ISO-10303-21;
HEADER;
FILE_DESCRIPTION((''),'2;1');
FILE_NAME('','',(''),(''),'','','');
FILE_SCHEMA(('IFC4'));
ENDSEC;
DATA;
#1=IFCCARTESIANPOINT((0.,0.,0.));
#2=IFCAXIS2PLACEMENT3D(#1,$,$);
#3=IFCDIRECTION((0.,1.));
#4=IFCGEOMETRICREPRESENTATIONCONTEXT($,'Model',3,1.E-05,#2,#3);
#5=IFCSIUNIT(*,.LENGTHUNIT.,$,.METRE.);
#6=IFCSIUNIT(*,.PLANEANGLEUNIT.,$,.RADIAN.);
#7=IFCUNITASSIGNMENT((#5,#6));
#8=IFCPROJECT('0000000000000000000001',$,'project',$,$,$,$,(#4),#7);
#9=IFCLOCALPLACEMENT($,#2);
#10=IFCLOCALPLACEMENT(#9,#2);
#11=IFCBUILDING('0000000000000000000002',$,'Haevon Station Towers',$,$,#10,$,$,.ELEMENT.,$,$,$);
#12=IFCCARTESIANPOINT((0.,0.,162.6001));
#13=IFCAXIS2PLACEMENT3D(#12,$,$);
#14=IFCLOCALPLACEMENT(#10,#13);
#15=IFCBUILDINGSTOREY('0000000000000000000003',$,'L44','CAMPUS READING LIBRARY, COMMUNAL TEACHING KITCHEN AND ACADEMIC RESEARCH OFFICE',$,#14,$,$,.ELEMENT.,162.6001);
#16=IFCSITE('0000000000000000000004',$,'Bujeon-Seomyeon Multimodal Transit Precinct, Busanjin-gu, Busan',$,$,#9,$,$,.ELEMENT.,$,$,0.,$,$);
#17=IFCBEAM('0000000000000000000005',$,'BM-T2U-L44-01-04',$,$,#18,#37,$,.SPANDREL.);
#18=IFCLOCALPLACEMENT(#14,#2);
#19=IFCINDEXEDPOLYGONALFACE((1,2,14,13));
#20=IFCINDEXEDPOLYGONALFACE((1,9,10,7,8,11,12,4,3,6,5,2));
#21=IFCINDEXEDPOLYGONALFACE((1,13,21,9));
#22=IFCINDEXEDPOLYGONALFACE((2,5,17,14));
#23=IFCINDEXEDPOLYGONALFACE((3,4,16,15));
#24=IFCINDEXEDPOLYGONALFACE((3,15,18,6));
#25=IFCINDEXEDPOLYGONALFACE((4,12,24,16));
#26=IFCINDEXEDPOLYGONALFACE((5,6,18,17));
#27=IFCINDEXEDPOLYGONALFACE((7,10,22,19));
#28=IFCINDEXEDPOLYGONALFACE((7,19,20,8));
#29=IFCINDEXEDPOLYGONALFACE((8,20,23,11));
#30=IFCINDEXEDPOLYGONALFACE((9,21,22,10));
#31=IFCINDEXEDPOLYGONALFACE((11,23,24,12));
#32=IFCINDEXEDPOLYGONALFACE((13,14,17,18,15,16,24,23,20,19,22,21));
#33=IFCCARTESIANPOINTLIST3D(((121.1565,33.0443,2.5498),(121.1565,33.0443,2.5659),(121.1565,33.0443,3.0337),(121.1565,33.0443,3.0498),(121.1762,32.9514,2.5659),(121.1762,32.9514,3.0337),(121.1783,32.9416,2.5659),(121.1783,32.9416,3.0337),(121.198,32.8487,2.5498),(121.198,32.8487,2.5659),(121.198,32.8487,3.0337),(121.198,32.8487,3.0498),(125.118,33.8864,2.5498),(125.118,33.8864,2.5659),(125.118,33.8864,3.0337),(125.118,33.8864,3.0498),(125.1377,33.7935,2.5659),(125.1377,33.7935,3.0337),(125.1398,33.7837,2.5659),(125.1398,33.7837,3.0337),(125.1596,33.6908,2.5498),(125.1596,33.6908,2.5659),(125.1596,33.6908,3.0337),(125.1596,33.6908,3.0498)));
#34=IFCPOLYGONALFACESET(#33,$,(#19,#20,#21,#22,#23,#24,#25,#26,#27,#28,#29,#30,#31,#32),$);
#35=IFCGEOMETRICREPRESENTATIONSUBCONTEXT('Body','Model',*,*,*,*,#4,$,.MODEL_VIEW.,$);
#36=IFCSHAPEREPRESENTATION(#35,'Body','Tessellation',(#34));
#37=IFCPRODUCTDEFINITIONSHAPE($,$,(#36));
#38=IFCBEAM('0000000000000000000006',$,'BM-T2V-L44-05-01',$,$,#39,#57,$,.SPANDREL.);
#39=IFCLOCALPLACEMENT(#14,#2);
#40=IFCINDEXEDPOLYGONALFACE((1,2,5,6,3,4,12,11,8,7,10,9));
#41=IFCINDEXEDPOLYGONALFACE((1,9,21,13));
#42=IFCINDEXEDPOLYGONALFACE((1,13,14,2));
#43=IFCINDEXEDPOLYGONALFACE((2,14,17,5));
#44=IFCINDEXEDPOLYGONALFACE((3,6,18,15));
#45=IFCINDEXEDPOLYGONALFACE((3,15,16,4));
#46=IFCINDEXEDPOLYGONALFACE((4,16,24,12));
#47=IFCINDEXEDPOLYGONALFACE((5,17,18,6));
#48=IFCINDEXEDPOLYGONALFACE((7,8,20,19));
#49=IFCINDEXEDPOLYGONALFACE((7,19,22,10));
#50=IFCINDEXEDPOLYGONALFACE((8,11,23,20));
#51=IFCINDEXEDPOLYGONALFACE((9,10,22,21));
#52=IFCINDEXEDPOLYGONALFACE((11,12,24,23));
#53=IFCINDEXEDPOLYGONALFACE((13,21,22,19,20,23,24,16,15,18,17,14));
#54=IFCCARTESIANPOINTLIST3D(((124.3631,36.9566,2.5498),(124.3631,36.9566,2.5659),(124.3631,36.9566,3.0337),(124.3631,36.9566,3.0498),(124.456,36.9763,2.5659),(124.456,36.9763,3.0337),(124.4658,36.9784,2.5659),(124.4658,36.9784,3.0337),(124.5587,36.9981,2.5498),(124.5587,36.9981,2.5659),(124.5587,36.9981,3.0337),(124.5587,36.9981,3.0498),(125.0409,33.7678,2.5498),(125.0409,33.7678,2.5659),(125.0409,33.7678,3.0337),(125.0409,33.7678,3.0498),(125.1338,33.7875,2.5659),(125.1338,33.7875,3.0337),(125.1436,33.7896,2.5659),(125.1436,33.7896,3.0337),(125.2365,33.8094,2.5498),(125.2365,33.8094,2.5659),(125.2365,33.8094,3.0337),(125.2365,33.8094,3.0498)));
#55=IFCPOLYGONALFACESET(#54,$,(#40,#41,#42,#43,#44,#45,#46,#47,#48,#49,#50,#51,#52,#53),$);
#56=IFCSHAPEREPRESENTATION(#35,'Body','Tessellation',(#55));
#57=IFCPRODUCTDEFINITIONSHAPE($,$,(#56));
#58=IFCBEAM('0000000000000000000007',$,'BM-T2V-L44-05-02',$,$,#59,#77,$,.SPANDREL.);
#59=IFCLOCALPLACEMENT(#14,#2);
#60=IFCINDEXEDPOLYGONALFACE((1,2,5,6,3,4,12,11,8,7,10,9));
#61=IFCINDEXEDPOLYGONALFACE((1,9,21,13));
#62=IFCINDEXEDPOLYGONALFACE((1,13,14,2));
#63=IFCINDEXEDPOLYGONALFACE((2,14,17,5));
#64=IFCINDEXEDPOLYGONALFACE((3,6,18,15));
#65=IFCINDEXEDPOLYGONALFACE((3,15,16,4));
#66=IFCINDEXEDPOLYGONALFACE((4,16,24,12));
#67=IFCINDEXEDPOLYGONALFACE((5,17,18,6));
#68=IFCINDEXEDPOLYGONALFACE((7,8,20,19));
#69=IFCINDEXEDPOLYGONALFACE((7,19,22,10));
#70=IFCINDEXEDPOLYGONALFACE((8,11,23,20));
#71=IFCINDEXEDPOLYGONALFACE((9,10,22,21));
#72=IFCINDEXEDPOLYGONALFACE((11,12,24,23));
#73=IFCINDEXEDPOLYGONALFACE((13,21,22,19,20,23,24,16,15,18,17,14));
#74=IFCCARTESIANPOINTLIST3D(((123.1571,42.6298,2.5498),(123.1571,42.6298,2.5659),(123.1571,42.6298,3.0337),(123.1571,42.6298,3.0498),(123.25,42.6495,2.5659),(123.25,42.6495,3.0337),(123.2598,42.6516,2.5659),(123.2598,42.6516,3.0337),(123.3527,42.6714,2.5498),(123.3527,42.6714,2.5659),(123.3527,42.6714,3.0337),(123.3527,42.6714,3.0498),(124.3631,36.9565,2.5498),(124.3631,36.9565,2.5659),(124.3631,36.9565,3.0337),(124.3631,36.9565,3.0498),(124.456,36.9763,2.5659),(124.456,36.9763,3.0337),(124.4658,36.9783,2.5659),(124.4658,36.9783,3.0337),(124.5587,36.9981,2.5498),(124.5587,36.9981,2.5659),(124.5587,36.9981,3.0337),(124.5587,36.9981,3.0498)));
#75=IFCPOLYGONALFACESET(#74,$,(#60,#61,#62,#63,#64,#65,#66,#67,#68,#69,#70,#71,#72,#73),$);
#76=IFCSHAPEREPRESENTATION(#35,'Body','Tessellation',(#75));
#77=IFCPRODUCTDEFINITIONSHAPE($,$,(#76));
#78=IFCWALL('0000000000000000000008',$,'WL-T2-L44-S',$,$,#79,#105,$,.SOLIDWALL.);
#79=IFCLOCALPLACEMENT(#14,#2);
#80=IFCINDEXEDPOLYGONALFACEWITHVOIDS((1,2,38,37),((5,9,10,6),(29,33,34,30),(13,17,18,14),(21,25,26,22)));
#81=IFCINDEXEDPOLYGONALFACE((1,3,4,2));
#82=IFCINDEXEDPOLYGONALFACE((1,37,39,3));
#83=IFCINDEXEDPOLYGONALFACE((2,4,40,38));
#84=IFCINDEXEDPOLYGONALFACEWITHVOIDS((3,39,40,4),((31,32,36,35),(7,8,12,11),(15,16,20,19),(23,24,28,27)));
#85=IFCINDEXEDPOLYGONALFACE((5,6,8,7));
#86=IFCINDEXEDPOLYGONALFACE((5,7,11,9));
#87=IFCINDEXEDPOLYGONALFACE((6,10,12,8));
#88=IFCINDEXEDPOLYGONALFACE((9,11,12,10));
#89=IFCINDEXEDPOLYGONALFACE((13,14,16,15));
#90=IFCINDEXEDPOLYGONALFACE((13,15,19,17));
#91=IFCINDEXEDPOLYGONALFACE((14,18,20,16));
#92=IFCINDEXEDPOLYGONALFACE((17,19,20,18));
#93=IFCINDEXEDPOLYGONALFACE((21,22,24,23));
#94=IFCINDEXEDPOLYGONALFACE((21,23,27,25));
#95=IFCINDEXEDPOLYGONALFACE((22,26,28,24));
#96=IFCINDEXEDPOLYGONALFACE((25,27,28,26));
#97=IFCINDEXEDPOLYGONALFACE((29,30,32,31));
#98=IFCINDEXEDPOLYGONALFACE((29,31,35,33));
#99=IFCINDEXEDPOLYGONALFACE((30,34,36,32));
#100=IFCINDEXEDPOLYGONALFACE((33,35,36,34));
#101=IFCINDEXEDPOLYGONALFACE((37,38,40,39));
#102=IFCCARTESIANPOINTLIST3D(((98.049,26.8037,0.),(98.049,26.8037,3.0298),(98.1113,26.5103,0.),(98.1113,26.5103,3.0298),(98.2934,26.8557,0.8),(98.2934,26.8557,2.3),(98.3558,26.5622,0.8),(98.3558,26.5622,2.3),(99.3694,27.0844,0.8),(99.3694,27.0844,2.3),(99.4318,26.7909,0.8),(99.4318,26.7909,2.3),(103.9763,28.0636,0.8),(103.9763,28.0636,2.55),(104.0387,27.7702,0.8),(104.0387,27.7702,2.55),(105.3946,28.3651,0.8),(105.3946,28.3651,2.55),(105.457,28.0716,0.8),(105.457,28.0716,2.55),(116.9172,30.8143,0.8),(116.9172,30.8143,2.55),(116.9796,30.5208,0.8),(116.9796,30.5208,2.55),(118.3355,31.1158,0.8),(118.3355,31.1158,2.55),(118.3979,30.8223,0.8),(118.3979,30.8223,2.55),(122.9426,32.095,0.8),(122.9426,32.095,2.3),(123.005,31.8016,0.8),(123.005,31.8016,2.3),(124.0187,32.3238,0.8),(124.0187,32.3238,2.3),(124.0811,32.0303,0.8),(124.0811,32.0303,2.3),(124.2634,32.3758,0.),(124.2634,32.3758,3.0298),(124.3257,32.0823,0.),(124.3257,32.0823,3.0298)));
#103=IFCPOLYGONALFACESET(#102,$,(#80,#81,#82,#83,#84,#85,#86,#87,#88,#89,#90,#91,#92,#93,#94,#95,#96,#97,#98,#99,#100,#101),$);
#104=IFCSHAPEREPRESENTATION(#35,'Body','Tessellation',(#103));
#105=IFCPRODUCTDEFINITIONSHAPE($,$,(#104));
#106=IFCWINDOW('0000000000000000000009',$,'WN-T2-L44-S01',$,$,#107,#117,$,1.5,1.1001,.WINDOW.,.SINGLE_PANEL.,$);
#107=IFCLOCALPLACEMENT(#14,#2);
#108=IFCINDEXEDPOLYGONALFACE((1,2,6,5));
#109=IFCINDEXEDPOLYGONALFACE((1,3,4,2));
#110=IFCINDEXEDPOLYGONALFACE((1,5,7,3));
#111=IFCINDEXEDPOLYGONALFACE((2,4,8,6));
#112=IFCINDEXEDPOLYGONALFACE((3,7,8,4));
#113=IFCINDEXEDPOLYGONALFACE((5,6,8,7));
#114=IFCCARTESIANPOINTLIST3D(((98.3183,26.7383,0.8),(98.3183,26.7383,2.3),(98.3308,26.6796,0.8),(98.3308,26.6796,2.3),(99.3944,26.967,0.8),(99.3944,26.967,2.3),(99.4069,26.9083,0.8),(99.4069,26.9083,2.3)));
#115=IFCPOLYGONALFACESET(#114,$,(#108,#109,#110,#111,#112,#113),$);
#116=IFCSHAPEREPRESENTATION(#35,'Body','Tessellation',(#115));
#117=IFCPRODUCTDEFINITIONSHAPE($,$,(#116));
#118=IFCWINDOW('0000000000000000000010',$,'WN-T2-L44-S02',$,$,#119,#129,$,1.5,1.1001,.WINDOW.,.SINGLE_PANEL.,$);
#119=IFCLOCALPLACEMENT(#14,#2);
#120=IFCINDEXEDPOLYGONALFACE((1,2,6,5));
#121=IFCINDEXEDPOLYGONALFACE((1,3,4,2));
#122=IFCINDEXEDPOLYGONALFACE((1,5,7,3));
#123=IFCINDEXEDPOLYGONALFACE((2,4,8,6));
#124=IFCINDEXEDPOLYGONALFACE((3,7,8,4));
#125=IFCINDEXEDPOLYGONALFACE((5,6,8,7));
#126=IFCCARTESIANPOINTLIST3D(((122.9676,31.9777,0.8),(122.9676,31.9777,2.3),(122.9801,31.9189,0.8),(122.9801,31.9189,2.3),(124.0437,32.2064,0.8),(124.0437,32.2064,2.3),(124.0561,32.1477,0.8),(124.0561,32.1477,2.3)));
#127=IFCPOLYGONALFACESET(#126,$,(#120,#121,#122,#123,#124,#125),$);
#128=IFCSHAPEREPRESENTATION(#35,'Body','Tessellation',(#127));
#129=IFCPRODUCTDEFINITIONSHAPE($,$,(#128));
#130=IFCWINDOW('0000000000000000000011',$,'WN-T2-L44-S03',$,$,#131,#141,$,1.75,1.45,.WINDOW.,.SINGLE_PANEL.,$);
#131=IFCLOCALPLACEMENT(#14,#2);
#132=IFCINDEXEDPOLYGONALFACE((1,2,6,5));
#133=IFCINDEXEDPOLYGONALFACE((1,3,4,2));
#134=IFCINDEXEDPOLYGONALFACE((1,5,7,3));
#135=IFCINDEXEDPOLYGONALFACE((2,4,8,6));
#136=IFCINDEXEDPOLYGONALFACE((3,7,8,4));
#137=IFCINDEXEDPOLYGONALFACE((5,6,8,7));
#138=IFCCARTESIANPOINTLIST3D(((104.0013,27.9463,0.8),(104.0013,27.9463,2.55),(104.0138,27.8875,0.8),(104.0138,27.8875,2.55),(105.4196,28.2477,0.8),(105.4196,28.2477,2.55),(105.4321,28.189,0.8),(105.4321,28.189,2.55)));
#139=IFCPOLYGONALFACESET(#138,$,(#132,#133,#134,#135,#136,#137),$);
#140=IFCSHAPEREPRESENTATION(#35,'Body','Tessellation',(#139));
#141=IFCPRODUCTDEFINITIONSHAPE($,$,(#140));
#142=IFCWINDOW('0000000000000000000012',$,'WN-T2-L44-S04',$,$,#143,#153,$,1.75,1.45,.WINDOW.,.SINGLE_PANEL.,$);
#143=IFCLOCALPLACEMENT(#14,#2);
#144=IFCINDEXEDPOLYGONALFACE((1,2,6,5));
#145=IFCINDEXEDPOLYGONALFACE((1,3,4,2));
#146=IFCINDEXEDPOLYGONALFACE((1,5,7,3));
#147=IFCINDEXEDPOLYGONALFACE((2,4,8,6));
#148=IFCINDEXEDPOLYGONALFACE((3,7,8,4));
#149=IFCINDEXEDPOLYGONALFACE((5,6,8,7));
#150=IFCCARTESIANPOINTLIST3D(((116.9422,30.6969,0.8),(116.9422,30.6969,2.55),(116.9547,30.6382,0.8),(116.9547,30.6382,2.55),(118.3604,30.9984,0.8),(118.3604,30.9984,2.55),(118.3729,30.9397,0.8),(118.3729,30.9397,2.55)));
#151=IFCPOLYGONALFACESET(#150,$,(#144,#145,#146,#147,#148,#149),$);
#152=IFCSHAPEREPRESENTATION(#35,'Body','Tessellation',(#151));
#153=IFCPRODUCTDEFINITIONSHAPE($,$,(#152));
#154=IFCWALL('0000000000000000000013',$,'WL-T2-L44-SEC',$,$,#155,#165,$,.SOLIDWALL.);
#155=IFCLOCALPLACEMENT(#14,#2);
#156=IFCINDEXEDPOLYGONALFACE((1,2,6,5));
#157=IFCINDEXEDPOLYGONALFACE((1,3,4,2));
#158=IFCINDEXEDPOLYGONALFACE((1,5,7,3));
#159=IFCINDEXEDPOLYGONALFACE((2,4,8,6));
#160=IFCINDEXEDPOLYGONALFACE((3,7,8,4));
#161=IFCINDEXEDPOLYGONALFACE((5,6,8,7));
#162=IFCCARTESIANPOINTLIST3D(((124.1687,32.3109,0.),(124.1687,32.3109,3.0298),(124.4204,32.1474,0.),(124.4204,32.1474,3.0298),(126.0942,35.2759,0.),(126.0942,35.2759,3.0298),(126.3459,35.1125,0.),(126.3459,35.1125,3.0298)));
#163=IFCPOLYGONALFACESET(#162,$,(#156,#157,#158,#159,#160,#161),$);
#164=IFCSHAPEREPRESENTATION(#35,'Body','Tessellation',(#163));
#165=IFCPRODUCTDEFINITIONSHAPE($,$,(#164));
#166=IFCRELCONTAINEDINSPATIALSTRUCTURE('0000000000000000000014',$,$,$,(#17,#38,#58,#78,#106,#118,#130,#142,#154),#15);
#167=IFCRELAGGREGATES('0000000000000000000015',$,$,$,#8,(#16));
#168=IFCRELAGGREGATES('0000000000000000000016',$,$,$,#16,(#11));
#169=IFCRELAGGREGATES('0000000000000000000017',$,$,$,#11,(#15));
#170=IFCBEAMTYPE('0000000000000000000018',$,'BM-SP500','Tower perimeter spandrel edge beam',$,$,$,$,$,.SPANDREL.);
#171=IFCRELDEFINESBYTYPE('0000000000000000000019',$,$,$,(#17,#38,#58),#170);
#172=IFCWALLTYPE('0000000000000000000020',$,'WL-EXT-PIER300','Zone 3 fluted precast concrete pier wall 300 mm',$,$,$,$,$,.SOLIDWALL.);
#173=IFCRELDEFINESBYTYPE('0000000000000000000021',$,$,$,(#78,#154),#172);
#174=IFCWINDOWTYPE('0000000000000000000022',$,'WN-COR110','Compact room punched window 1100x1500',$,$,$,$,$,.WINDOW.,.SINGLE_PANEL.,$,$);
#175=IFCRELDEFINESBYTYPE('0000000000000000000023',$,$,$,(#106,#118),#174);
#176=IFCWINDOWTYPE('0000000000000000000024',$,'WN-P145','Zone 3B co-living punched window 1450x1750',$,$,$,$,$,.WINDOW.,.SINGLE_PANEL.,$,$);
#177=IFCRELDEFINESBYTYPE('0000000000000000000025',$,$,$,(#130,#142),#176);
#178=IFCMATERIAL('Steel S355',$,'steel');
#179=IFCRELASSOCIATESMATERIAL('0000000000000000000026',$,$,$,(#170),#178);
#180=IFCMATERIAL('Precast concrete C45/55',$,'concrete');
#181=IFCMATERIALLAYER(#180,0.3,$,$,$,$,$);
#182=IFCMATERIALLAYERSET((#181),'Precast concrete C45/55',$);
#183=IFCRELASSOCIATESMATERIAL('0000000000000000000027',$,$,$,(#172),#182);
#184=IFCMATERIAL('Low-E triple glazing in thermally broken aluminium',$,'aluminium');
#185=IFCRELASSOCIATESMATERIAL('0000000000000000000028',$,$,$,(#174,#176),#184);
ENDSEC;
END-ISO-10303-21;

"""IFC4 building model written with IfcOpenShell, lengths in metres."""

from ifc_helpers import new_model, si_unit, direction, frame, frame_2d, origin, origin_2d, place, context, subcontext, project, spatial, rectangle, i_section, extrude, material, layer, layer_set, material_profile, profile_set, type_object, element, fill, save


model = new_model("IFC4")

# Units and contexts
model_context = context("Model", 3, precision=1e-05, world=origin(), true_north=direction((0.0, 1.0)))
body_context = subcontext(model_context, "Body", "Model", "MODEL_VIEW")
ifc_project = project(units=[si_unit("LENGTHUNIT", "METRE"), si_unit("PLANEANGLEUNIT", "RADIAN")], contexts=[model_context])

# Site, building, storey
site_placement = place(None, origin())
site = spatial("IfcSite", under=ifc_project, at=site_placement, Name="Bujeon-Seomyeon Multimodal Transit Precinct, Busanjin-gu, Busan", CompositionType="ELEMENT", RefElevation=0.0)
building_placement = place(site_placement, origin())
building = spatial("IfcBuilding", under=site, at=building_placement, Name="Haevon Station Towers", CompositionType="ELEMENT")
storey_placement = place(building_placement, frame((0.0, 0.0, 162.6001)))
storey = spatial("IfcBuildingStorey", under=building, at=storey_placement, Name="L44", Description="CAMPUS READING LIBRARY, COMMUNAL TEACHING KITCHEN AND ACADEMIC RESEARCH OFFICE", CompositionType="ELEMENT", Elevation=162.6001)

# Shared definitions
ifc_material_1 = material(Name="Steel S355", Category="steel")

# Beams
ifc_material_profile_1 = material_profile(ifc_material_1, i_section(OverallWidth=0.2, OverallDepth=0.5, WebThickness=0.01, FlangeThickness=0.0161, at=origin_2d()), Name="H-500x200x10x16")
ifc_profile_set_1 = profile_set([ifc_material_profile_1], Name="Steel S355")
beam_type_1 = type_object("IfcBeamType", Name="BM-SP500", Description="Tower perimeter spandrel edge beam", PredefinedType="SPANDREL", material=ifc_profile_set_1)
beam_1_placement = place(storey_placement, frame((121.1772, 32.9465, 2.7998), z_axis=(0.978147, 0.207915, 0.0), x_axis=(-0.207915, 0.978147, 0.0)))
element("IfcBeam", 1, at=beam_1_placement, inside=storey, type_object=beam_type_1, Name="BM-T2U-L44-01-04", PredefinedType="SPANDREL", context=body_context, shape_type="SweptSolid", body=[
    extrude(i_section(OverallWidth=0.2, OverallDepth=0.5, WebThickness=0.01, FlangeThickness=0.0161, at=origin_2d()), origin(), (0.0, 0.0, 1.0), 4.05),
])
beam_2_placement = place(storey_placement, frame((125.1387, 33.7886, 2.7998), z_axis=(-0.207897, 0.978151, 0.0), x_axis=(-0.978151, -0.207897, 0.0)))
element("IfcBeam", 2, at=beam_2_placement, inside=storey, type_object=beam_type_1, Name="BM-T2V-L44-05-01", PredefinedType="SPANDREL", context=body_context, shape_type="SweptSolid", body=[
    extrude(i_section(OverallWidth=0.2, OverallDepth=0.5, WebThickness=0.01, FlangeThickness=0.0161, at=origin_2d()), origin(), (0.0, 0.0, 1.0), 3.26),
])
beam_3_placement = place(storey_placement, frame((124.4609, 36.9773, 2.7998), z_axis=(-0.207936, 0.978142, 0.0), x_axis=(-0.978142, -0.207936, 0.0)))
element("IfcBeam", 3, at=beam_3_placement, inside=storey, type_object=beam_type_1, Name="BM-T2V-L44-05-02", PredefinedType="SPANDREL", context=body_context, shape_type="SweptSolid", body=[
    extrude(i_section(OverallWidth=0.2, OverallDepth=0.5, WebThickness=0.01, FlangeThickness=0.0161, at=origin_2d()), origin(), (0.0, 0.0, 1.0), 5.8),
])

# Wall, openings, windows
ifc_material_2 = material(Name="Precast concrete C45/55", Category="concrete")
ifc_layer_1 = layer(ifc_material_2, 0.3)
ifc_layer_set_1 = layer_set([ifc_layer_1], Name="Precast concrete C45/55")
wall_type_1 = type_object("IfcWallType", Name="WL-EXT-PIER300", Description="Zone 3 fluted precast concrete pier wall 300 mm", PredefinedType="SOLIDWALL", material=ifc_layer_set_1)
wall_1_placement = place(storey_placement, frame((124.2944, 32.229, 0.0), z_axis=(0.0, 0.0, 1.0), x_axis=(-0.978148, -0.207911, 0.0)))
wall_1 = element("IfcWall", 4, at=wall_1_placement, inside=storey, type_object=wall_type_1, Name="WL-T2-L44-S", PredefinedType="SOLIDWALL", context=body_context, shape_type="SweptSolid", body=[
    extrude(rectangle(XDim=26.8, YDim=0.3, at=frame_2d((13.3999, 0.0))), origin(), (0.0, 0.0, 1.0), 3.0298),
])
opening_1_placement = place(wall_1_placement, frame((25.45, 0.0, 0.8)))
opening_1 = element("IfcOpeningElement", 5, at=opening_1_placement, cuts=wall_1, PredefinedType="OPENING", context=body_context, shape_type="SweptSolid", body=[
    extrude(rectangle(XDim=1.1001, YDim=1.5, at=frame_2d((0.55, 0.75))), frame((0.0, 0.1599, 0.0), z_axis=(0.0, -1.0, 0.0), x_axis=(1.0, 0.0, 0.0)), (0.0, 0.0, 1.0), 0.3201),
])
opening_2_placement = place(wall_1_placement, frame((0.25, 0.0, 0.8)))
opening_2 = element("IfcOpeningElement", 6, at=opening_2_placement, cuts=wall_1, PredefinedType="OPENING", context=body_context, shape_type="SweptSolid", body=[
    extrude(rectangle(XDim=1.1001, YDim=1.5, at=frame_2d((0.55, 0.75))), frame((0.0, 0.1599, 0.0), z_axis=(0.0, -1.0, 0.0), x_axis=(1.0, 0.0, 0.0)), (0.0, 0.0, 1.0), 0.3201),
])
opening_3_placement = place(wall_1_placement, frame((19.29, 0.0, 0.8)))
opening_3 = element("IfcOpeningElement", 7, at=opening_3_placement, cuts=wall_1, PredefinedType="OPENING", context=body_context, shape_type="SweptSolid", body=[
    extrude(rectangle(XDim=1.45, YDim=1.75, at=frame_2d((0.7251, 0.875))), frame((0.0, 0.1599, 0.0), z_axis=(0.0, -1.0, 0.0), x_axis=(1.0, 0.0, 0.0)), (0.0, 0.0, 1.0), 0.3201),
])
opening_4_placement = place(wall_1_placement, frame((6.0601, 0.0, 0.8)))
opening_4 = element("IfcOpeningElement", 8, at=opening_4_placement, cuts=wall_1, PredefinedType="OPENING", context=body_context, shape_type="SweptSolid", body=[
    extrude(rectangle(XDim=1.45, YDim=1.75, at=frame_2d((0.7251, 0.875))), frame((0.0, 0.1599, 0.0), z_axis=(0.0, -1.0, 0.0), x_axis=(1.0, 0.0, 0.0)), (0.0, 0.0, 1.0), 0.3201),
])
ifc_material_3 = material(Name="Low-E triple glazing in thermally broken aluminium", Category="aluminium")
window_type_1 = type_object("IfcWindowType", Name="WN-COR110", Description="Compact room punched window 1100x1500", PartitioningType="SINGLE_PANEL", PredefinedType="WINDOW", material=ifc_material_3)
window_1_placement = place(opening_1_placement, origin())
window_1 = element("IfcWindow", 9, at=window_1_placement, inside=storey, type_object=window_type_1, Name="WN-T2-L44-S01", OverallHeight=1.5, OverallWidth=1.1001, PartitioningType="SINGLE_PANEL", PredefinedType="WINDOW", context=body_context, shape_type="SweptSolid", body=[
    extrude(rectangle(XDim=1.1001, YDim=1.5, at=frame_2d((0.55, 0.75))), frame((0.0, 0.03, 0.0), z_axis=(0.0, -1.0, 0.0), x_axis=(1.0, 0.0, 0.0)), (0.0, 0.0, 1.0), 0.0601),
])
fill(opening_1, window_1)
window_2_placement = place(opening_2_placement, origin())
window_2 = element("IfcWindow", 10, at=window_2_placement, inside=storey, type_object=window_type_1, Name="WN-T2-L44-S02", OverallHeight=1.5, OverallWidth=1.1001, PartitioningType="SINGLE_PANEL", PredefinedType="WINDOW", context=body_context, shape_type="SweptSolid", body=[
    extrude(rectangle(XDim=1.1001, YDim=1.5, at=frame_2d((0.55, 0.75))), frame((0.0, 0.03, 0.0), z_axis=(0.0, -1.0, 0.0), x_axis=(1.0, 0.0, 0.0)), (0.0, 0.0, 1.0), 0.0601),
])
fill(opening_2, window_2)
window_type_2 = type_object("IfcWindowType", Name="WN-P145", Description="Zone 3B co-living punched window 1450x1750", PartitioningType="SINGLE_PANEL", PredefinedType="WINDOW", material=ifc_material_3)
window_3_placement = place(opening_3_placement, origin())
window_3 = element("IfcWindow", 11, at=window_3_placement, inside=storey, type_object=window_type_2, Name="WN-T2-L44-S03", OverallHeight=1.75, OverallWidth=1.45, PartitioningType="SINGLE_PANEL", PredefinedType="WINDOW", context=body_context, shape_type="SweptSolid", body=[
    extrude(rectangle(XDim=1.45, YDim=1.75, at=frame_2d((0.7251, 0.875))), frame((0.0, 0.03, 0.0), z_axis=(0.0, -1.0, 0.0), x_axis=(1.0, 0.0, 0.0)), (0.0, 0.0, 1.0), 0.0601),
])
fill(opening_3, window_3)
window_4_placement = place(opening_4_placement, origin())
window_4 = element("IfcWindow", 12, at=window_4_placement, inside=storey, type_object=window_type_2, Name="WN-T2-L44-S04", OverallHeight=1.75, OverallWidth=1.45, PartitioningType="SINGLE_PANEL", PredefinedType="WINDOW", context=body_context, shape_type="SweptSolid", body=[
    extrude(rectangle(XDim=1.45, YDim=1.75, at=frame_2d((0.7251, 0.875))), frame((0.0, 0.03, 0.0), z_axis=(0.0, -1.0, 0.0), x_axis=(1.0, 0.0, 0.0)), (0.0, 0.0, 1.0), 0.0601),
])
fill(opening_4, window_4)

# Wall
wall_2_placement = place(storey_placement, frame((126.22, 35.1941, 0.0), z_axis=(0.0, 0.0, 1.0), x_axis=(-0.544636, -0.838672, 0.0)))
element("IfcWall", 13, at=wall_2_placement, inside=storey, type_object=wall_type_1, Name="WL-T2-L44-SEC", PredefinedType="SOLIDWALL", context=body_context, shape_type="SweptSolid", body=[
    extrude(rectangle(XDim=3.5354, YDim=0.3, at=frame_2d((1.7676, 0.0))), origin(), (0.0, 0.0, 1.0), 3.0298),
])

save(model, "model.ifc")
